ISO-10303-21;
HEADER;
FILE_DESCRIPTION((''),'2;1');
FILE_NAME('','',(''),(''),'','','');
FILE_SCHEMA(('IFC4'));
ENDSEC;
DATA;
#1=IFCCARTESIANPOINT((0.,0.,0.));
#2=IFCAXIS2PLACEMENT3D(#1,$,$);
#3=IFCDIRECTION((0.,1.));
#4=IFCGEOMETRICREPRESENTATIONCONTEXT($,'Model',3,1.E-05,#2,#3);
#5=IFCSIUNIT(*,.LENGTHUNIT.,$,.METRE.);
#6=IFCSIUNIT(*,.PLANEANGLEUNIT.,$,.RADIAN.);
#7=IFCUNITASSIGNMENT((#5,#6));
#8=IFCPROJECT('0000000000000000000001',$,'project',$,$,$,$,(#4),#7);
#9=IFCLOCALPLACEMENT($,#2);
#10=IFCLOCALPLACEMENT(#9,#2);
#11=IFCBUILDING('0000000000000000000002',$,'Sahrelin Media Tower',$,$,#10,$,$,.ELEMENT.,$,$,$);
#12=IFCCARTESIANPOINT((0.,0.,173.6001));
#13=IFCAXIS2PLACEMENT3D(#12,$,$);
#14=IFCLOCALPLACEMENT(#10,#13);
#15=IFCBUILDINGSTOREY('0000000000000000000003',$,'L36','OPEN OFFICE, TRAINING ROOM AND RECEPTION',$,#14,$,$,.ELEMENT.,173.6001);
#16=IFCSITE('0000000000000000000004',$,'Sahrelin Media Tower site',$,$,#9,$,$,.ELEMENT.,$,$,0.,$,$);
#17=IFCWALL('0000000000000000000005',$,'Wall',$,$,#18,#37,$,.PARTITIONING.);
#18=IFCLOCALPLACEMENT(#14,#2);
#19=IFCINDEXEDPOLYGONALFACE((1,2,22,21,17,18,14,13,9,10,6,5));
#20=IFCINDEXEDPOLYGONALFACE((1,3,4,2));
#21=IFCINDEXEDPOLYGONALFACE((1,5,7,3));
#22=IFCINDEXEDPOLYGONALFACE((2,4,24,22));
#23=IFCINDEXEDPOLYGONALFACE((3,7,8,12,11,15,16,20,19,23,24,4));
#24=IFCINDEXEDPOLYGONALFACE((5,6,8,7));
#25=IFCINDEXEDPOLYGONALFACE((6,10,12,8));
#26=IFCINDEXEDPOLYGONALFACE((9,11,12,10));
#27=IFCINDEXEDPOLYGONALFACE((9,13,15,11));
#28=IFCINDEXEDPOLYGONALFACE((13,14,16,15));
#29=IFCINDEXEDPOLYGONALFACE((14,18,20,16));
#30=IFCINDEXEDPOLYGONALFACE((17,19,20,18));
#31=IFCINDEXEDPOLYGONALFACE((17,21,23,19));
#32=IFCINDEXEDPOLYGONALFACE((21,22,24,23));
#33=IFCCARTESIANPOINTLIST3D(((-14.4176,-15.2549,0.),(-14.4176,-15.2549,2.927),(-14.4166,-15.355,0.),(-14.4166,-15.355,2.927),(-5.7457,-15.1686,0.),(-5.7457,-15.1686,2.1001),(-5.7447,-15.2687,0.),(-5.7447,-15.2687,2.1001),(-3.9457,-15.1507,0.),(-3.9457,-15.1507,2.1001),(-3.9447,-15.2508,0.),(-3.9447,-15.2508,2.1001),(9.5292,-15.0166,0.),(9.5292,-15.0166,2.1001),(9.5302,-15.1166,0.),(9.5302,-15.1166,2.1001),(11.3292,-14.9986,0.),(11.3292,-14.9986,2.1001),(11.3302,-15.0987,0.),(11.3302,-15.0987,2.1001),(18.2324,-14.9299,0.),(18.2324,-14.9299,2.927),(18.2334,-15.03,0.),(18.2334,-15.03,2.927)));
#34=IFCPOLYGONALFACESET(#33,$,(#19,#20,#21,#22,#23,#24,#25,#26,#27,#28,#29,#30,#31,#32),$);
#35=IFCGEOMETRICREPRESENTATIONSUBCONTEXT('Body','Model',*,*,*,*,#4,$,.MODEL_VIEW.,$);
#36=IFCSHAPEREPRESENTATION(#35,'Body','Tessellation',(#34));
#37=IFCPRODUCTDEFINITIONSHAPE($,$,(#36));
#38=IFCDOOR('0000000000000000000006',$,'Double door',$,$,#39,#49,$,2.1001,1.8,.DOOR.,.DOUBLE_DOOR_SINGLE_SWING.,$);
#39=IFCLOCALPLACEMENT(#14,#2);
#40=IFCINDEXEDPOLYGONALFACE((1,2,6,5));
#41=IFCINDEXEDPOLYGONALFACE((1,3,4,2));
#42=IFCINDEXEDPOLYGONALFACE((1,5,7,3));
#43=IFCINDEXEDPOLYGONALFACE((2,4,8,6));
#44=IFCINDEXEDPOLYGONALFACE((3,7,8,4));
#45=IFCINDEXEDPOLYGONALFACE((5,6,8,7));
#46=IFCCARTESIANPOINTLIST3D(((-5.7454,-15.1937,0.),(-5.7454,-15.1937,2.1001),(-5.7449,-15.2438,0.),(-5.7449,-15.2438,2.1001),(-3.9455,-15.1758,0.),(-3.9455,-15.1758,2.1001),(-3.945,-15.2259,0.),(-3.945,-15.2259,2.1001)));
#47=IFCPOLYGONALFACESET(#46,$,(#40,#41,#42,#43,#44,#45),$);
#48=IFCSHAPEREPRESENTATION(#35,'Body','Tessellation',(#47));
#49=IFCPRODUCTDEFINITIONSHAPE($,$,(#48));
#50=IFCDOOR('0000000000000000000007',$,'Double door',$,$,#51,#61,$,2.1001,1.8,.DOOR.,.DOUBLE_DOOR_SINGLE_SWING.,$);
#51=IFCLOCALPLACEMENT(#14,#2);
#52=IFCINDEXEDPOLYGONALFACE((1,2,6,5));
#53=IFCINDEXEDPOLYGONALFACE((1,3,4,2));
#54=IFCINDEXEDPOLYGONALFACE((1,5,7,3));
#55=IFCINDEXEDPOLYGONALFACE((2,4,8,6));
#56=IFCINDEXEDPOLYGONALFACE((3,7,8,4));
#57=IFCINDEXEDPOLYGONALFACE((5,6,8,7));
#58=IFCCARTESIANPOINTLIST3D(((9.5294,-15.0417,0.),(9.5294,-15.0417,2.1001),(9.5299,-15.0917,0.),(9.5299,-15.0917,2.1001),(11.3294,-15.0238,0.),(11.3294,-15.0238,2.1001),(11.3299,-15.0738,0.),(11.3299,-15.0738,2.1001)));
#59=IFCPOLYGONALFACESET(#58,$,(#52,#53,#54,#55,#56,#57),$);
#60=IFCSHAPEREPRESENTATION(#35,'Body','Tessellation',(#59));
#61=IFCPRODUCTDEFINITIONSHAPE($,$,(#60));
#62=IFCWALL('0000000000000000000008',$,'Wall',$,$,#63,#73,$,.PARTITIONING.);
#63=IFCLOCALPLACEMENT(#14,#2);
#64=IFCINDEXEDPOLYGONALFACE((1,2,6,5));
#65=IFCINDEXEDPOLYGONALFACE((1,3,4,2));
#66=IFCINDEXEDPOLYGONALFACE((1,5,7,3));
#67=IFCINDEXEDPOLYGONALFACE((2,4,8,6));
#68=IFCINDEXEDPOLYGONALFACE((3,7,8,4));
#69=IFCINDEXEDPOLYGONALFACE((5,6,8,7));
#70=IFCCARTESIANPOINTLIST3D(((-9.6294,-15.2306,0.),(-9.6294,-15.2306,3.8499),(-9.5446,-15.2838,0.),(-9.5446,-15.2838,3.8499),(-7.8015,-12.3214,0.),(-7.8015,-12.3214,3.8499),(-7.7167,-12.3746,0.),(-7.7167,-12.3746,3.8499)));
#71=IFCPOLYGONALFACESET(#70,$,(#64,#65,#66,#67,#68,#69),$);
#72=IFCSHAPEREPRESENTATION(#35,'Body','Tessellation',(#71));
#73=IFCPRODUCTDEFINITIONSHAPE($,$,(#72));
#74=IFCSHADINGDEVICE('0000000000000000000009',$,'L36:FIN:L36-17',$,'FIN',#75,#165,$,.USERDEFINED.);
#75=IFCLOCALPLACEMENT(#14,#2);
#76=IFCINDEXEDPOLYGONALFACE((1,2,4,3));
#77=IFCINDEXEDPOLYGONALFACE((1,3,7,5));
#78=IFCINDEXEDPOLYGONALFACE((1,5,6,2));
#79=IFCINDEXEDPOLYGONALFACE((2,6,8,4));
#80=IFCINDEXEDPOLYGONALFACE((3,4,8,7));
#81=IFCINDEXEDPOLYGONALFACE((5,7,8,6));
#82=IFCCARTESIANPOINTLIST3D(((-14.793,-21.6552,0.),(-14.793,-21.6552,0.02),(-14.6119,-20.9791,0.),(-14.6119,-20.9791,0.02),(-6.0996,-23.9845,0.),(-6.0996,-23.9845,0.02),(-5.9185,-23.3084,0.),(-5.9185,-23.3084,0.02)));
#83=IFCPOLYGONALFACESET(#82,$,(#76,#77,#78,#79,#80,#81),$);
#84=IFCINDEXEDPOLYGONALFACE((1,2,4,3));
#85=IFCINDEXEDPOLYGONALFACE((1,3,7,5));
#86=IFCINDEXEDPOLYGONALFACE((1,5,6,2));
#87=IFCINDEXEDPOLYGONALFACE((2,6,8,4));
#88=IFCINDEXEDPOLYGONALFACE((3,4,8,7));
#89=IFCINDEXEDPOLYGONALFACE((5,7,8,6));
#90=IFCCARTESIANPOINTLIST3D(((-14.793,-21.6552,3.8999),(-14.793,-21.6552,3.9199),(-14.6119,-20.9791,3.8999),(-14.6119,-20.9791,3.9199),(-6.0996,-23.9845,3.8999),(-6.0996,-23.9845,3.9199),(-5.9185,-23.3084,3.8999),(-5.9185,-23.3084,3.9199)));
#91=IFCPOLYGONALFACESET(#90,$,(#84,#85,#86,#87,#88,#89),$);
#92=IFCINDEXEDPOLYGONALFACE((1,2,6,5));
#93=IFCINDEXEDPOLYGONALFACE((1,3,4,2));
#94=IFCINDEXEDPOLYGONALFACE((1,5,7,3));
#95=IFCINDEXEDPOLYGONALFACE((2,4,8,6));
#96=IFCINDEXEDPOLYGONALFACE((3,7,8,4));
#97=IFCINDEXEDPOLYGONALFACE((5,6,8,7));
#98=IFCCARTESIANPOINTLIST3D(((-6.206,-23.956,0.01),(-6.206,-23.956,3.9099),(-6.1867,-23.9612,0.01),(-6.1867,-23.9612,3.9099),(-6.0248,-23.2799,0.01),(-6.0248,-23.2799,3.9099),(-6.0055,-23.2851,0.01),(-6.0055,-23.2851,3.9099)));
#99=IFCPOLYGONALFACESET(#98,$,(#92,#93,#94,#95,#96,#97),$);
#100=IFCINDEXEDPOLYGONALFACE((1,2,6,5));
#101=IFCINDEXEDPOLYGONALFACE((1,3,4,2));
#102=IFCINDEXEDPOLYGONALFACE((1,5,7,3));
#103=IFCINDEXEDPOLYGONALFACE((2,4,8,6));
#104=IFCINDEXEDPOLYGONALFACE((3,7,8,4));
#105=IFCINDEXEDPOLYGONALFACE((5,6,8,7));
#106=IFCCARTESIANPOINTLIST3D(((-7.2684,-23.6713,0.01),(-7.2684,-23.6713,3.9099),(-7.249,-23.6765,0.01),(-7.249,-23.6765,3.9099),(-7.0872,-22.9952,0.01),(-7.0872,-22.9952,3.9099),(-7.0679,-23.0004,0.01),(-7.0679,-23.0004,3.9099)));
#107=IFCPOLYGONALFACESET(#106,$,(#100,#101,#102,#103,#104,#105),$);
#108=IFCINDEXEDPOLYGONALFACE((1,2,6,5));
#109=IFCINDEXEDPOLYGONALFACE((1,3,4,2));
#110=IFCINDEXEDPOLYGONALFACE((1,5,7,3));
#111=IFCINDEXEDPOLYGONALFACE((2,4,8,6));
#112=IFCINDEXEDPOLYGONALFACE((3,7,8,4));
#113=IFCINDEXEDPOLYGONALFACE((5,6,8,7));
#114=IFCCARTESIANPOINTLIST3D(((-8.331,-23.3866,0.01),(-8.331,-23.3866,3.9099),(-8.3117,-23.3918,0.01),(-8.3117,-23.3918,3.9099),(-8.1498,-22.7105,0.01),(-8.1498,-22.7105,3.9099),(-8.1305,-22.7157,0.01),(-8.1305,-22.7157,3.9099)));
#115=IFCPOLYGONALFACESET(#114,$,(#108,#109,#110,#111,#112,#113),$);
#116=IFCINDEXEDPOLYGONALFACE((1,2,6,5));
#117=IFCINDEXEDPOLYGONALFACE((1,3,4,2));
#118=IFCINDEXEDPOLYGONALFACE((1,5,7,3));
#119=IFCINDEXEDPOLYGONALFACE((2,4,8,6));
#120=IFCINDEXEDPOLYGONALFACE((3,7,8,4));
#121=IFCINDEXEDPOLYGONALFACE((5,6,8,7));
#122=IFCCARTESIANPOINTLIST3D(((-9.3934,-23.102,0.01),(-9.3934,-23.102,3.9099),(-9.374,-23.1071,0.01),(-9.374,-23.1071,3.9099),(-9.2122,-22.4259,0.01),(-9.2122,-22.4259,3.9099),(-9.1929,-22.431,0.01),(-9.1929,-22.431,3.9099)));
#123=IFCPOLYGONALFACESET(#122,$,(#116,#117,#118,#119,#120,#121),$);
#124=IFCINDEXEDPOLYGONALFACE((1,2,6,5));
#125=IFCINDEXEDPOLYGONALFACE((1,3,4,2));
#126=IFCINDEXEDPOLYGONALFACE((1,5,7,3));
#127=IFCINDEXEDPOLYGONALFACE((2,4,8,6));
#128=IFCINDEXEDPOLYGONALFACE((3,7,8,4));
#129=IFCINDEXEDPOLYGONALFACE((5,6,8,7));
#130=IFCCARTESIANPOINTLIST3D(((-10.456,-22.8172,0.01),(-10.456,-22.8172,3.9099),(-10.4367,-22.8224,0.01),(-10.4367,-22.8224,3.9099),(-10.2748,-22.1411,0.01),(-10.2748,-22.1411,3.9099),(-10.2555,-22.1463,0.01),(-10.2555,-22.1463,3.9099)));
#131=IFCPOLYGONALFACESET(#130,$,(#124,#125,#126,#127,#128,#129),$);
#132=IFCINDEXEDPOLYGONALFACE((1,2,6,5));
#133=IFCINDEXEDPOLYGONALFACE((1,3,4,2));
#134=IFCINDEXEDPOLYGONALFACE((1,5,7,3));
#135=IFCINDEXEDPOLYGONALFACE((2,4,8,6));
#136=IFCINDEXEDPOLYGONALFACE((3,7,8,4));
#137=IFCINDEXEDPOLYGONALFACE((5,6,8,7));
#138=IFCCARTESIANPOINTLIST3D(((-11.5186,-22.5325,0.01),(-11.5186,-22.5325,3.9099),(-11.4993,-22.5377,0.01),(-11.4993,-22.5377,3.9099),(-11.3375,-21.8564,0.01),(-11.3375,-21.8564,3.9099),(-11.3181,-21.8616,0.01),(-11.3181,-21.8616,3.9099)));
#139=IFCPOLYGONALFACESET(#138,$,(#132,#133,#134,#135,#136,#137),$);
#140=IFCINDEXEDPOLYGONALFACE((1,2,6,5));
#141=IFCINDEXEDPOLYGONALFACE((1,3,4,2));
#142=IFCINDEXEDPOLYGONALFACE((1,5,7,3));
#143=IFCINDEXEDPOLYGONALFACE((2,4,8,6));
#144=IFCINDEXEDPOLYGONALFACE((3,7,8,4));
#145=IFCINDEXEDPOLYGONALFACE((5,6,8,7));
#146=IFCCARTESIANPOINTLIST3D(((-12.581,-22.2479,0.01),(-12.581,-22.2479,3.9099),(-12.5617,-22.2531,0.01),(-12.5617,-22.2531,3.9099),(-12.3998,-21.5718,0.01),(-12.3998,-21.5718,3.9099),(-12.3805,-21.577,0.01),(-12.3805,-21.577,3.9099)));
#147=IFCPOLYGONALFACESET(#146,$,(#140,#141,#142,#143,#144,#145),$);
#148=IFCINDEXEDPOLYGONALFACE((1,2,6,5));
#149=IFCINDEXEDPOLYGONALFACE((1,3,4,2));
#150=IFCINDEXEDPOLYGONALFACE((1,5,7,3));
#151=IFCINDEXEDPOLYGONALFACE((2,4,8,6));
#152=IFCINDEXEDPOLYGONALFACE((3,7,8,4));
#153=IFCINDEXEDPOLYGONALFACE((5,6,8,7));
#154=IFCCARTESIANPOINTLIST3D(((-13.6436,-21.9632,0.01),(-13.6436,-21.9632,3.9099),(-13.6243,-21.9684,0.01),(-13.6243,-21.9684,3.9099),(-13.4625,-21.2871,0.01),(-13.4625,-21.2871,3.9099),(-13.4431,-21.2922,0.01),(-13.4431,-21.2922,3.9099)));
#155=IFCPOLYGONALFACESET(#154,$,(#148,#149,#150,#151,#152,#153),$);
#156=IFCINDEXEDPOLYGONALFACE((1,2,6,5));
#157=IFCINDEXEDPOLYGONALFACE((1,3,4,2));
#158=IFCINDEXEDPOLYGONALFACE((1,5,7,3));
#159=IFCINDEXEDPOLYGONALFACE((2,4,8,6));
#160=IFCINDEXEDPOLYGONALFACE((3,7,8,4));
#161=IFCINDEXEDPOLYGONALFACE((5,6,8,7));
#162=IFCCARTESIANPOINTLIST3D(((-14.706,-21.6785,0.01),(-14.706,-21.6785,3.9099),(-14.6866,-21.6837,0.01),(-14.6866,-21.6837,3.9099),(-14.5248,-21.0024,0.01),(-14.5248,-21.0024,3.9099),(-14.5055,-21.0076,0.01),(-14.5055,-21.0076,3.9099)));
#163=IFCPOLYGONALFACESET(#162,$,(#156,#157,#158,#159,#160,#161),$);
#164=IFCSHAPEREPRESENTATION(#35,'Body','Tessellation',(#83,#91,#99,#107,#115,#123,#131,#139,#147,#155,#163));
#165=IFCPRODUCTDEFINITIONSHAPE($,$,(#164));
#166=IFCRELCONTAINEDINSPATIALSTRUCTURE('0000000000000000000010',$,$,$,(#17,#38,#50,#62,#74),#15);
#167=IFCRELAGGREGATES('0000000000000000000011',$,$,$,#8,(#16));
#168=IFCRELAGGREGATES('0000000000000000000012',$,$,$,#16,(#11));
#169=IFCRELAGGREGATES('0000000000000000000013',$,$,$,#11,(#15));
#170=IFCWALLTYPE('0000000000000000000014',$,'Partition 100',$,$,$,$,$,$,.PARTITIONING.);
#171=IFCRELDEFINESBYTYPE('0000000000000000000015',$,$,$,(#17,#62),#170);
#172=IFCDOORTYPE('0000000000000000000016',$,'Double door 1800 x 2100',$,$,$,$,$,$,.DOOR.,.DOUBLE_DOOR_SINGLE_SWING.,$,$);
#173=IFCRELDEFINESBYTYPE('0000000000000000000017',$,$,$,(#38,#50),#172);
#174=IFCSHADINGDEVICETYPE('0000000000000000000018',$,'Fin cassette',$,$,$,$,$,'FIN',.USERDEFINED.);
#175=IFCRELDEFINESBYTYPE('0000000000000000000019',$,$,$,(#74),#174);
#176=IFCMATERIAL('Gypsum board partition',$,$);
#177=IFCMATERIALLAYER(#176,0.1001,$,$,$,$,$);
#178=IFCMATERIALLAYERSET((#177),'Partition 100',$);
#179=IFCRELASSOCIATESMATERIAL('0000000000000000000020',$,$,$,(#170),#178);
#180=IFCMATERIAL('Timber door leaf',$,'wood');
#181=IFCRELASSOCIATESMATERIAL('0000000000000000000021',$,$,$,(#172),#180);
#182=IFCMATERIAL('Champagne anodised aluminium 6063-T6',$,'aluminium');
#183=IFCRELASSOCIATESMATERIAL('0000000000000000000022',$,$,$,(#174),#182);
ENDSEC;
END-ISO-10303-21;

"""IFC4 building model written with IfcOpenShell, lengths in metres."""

from ifc_helpers import new_model, si_unit, direction, frame, frame_2d, origin, origin_2d, place, context, subcontext, project, spatial, rectangle, extrude, material, layer, layer_set, type_object, element, fill, save


model = new_model("IFC4")

# Units and contexts
model_context = context("Model", 3, precision=1e-05, world=origin(), true_north=direction((0.0, 1.0)))
body_context = subcontext(model_context, "Body", "Model", "MODEL_VIEW")
ifc_project = project(units=[si_unit("LENGTHUNIT", "METRE"), si_unit("PLANEANGLEUNIT", "RADIAN")], contexts=[model_context])

# Site, building, storey
site_placement = place(None, origin())
site = spatial("IfcSite", under=ifc_project, at=site_placement, Name="Sahrelin Media Tower site", CompositionType="ELEMENT", RefElevation=0.0)
building_placement = place(site_placement, origin())
building = spatial("IfcBuilding", under=site, at=building_placement, Name="Sahrelin Media Tower", CompositionType="ELEMENT")
storey_placement = place(building_placement, frame((0.0, 0.0, 173.6001)))
storey = spatial("IfcBuildingStorey", under=building, at=storey_placement, Name="L36", Description="OPEN OFFICE, TRAINING ROOM AND RECEPTION", CompositionType="ELEMENT", Elevation=173.6001)

# Shared definitions
ifc_material_1 = material(Name="Champagne anodised aluminium 6063-T6", Category="aluminium")

# Wall, openings, doors
ifc_material_2 = material(Name="Gypsum board partition")
ifc_layer_1 = layer(ifc_material_2, 0.1001)
ifc_layer_set_1 = layer_set([ifc_layer_1], Name="Partition 100")
wall_type_1 = type_object("IfcWallType", Name="Partition 100", PredefinedType="PARTITIONING", material=ifc_layer_set_1)
wall_1_placement = place(storey_placement, frame((-14.417, -15.3049, 0.0), z_axis=(0.0, 0.0, 1.0), x_axis=(0.99995, 0.009952, 0.0)))
wall_1 = element("IfcWall", 1, at=wall_1_placement, inside=storey, type_object=wall_type_1, Name="Wall", PredefinedType="PARTITIONING", context=body_context, shape_type="SweptSolid", body=[
    extrude(rectangle(XDim=32.6516, YDim=0.1001, at=frame_2d((16.3257, 0.0))), origin(), (0.0, 0.0, 1.0), 2.927),
])
opening_1_placement = place(wall_1_placement, frame((8.6724, 0.0, 0.0)))
opening_1 = element("IfcOpeningElement", 2, at=opening_1_placement, cuts=wall_1, PredefinedType="OPENING", context=body_context, shape_type="SweptSolid", body=[
    extrude(rectangle(XDim=1.8, YDim=2.1001, at=frame_2d((0.8999, 1.05))), frame((0.0, 0.05, 0.0), z_axis=(0.0, -1.0, 0.0), x_axis=(1.0, 0.0, 0.0)), (0.0, 0.0, 1.0), 0.1001),
])
opening_2_placement = place(wall_1_placement, frame((23.948, 0.0, 0.0)))
opening_2 = element("IfcOpeningElement", 3, at=opening_2_placement, cuts=wall_1, PredefinedType="OPENING", context=body_context, shape_type="SweptSolid", body=[
    extrude(rectangle(XDim=1.8, YDim=2.1001, at=frame_2d((0.8999, 1.05))), frame((0.0, 0.05, 0.0), z_axis=(0.0, -1.0, 0.0), x_axis=(1.0, 0.0, 0.0)), (0.0, 0.0, 1.0), 0.1001),
])
ifc_material_3 = material(Name="Timber door leaf", Category="wood")
door_type_1 = type_object("IfcDoorType", Name="Double door 1800 x 2100", OperationType="DOUBLE_DOOR_SINGLE_SWING", PredefinedType="DOOR", material=ifc_material_3)
door_1_placement = place(opening_1_placement, origin())
door_1 = element("IfcDoor", 4, at=door_1_placement, inside=storey, type_object=door_type_1, Name="Double door", OperationType="DOUBLE_DOOR_SINGLE_SWING", OverallHeight=2.1001, OverallWidth=1.8, PredefinedType="DOOR", context=body_context, shape_type="SweptSolid", body=[
    extrude(rectangle(XDim=1.8, YDim=2.1001, at=frame_2d((0.8999, 1.05))), frame((0.0, 0.0249, 0.0), z_axis=(0.0, -1.0, 0.0), x_axis=(1.0, 0.0, 0.0)), (0.0, 0.0, 1.0), 0.05),
])
fill(opening_1, door_1)
door_2_placement = place(opening_2_placement, origin())
door_2 = element("IfcDoor", 5, at=door_2_placement, inside=storey, type_object=door_type_1, Name="Double door", OperationType="DOUBLE_DOOR_SINGLE_SWING", OverallHeight=2.1001, OverallWidth=1.8, PredefinedType="DOOR", context=body_context, shape_type="SweptSolid", body=[
    extrude(rectangle(XDim=1.8, YDim=2.1001, at=frame_2d((0.8999, 1.05))), frame((0.0, 0.0249, 0.0), z_axis=(0.0, -1.0, 0.0), x_axis=(1.0, 0.0, 0.0)), (0.0, 0.0, 1.0), 0.05),
])
fill(opening_2, door_2)

# Wall
wall_2_placement = place(storey_placement, frame((-9.5869, -15.2571, 0.0), z_axis=(0.0, 0.0, 1.0), x_axis=(0.532016, 0.846734, 0.0)))
element("IfcWall", 6, at=wall_2_placement, inside=storey, type_object=wall_type_1, Name="Wall", PredefinedType="PARTITIONING", context=body_context, shape_type="SweptSolid", body=[
    extrude(rectangle(XDim=3.4358, YDim=0.1001, at=frame_2d((1.7178, 0.0))), origin(), (0.0, 0.0, 1.0), 3.8499),
])

# Shading device
shading_device_type_1 = type_object("IfcShadingDeviceType", Name="Fin cassette", ElementType="FIN", PredefinedType="USERDEFINED", material=ifc_material_1)
placement_1 = place(storey_placement, frame((-10.2471, -22.0762, 0.0), z_axis=(0.0, 0.0, 1.0), x_axis=(-0.965929, 0.258808, 0.0)))
element("IfcShadingDevice", 7, at=placement_1, inside=storey, type_object=shading_device_type_1, Name="L36:FIN:L36-17", ObjectType="FIN", PredefinedType="USERDEFINED", context=body_context, shape_type="SweptSolid", body=[
    extrude(rectangle(XDim=9.0, YDim=0.7, at=origin_2d()), frame((0.0, 0.4199, 0.0)), (0.0, 0.0, 1.0), 0.02),
    extrude(rectangle(XDim=9.0, YDim=0.7, at=origin_2d()), frame((0.0, 0.4199, 3.8999)), (0.0, 0.0, 1.0), 0.02),
    extrude(rectangle(XDim=0.02, YDim=0.7, at=origin_2d()), frame((-4.3999, 0.4199, 0.01), z_axis=(0.0, 0.0, 1.0), x_axis=(1.0, 0.0, 0.0)), (0.0, 0.0, 1.0), 3.8999),
    extrude(rectangle(XDim=0.02, YDim=0.7, at=origin_2d()), frame((-3.3, 0.4199, 0.01), z_axis=(0.0, 0.0, 1.0), x_axis=(1.0, 0.0, 0.0)), (0.0, 0.0, 1.0), 3.8999),
    extrude(rectangle(XDim=0.02, YDim=0.7, at=origin_2d()), frame((-2.2, 0.4199, 0.01), z_axis=(0.0, 0.0, 1.0), x_axis=(1.0, 0.0, 0.0)), (0.0, 0.0, 1.0), 3.8999),
    extrude(rectangle(XDim=0.02, YDim=0.7, at=origin_2d()), frame((-1.1001, 0.4199, 0.01), z_axis=(0.0, 0.0, 1.0), x_axis=(1.0, 0.0, 0.0)), (0.0, 0.0, 1.0), 3.8999),
    extrude(rectangle(XDim=0.02, YDim=0.7, at=origin_2d()), frame((0.0, 0.4199, 0.01), z_axis=(0.0, 0.0, 1.0), x_axis=(1.0, 0.0, 0.0)), (0.0, 0.0, 1.0), 3.8999),
    extrude(rectangle(XDim=0.02, YDim=0.7, at=origin_2d()), frame((1.1001, 0.4199, 0.01), z_axis=(0.0, 0.0, 1.0), x_axis=(1.0, 0.0, 0.0)), (0.0, 0.0, 1.0), 3.8999),
    extrude(rectangle(XDim=0.02, YDim=0.7, at=origin_2d()), frame((2.2, 0.4199, 0.01), z_axis=(0.0, 0.0, 1.0), x_axis=(1.0, 0.0, 0.0)), (0.0, 0.0, 1.0), 3.8999),
    extrude(rectangle(XDim=0.02, YDim=0.7, at=origin_2d()), frame((3.3, 0.4199, 0.01), z_axis=(0.0, 0.0, 1.0), x_axis=(1.0, 0.0, 0.0)), (0.0, 0.0, 1.0), 3.8999),
    extrude(rectangle(XDim=0.02, YDim=0.7, at=origin_2d()), frame((4.3999, 0.4199, 0.01), z_axis=(0.0, 0.0, 1.0), x_axis=(1.0, 0.0, 0.0)), (0.0, 0.0, 1.0), 3.8999),
])

save(model, "model.ifc")
